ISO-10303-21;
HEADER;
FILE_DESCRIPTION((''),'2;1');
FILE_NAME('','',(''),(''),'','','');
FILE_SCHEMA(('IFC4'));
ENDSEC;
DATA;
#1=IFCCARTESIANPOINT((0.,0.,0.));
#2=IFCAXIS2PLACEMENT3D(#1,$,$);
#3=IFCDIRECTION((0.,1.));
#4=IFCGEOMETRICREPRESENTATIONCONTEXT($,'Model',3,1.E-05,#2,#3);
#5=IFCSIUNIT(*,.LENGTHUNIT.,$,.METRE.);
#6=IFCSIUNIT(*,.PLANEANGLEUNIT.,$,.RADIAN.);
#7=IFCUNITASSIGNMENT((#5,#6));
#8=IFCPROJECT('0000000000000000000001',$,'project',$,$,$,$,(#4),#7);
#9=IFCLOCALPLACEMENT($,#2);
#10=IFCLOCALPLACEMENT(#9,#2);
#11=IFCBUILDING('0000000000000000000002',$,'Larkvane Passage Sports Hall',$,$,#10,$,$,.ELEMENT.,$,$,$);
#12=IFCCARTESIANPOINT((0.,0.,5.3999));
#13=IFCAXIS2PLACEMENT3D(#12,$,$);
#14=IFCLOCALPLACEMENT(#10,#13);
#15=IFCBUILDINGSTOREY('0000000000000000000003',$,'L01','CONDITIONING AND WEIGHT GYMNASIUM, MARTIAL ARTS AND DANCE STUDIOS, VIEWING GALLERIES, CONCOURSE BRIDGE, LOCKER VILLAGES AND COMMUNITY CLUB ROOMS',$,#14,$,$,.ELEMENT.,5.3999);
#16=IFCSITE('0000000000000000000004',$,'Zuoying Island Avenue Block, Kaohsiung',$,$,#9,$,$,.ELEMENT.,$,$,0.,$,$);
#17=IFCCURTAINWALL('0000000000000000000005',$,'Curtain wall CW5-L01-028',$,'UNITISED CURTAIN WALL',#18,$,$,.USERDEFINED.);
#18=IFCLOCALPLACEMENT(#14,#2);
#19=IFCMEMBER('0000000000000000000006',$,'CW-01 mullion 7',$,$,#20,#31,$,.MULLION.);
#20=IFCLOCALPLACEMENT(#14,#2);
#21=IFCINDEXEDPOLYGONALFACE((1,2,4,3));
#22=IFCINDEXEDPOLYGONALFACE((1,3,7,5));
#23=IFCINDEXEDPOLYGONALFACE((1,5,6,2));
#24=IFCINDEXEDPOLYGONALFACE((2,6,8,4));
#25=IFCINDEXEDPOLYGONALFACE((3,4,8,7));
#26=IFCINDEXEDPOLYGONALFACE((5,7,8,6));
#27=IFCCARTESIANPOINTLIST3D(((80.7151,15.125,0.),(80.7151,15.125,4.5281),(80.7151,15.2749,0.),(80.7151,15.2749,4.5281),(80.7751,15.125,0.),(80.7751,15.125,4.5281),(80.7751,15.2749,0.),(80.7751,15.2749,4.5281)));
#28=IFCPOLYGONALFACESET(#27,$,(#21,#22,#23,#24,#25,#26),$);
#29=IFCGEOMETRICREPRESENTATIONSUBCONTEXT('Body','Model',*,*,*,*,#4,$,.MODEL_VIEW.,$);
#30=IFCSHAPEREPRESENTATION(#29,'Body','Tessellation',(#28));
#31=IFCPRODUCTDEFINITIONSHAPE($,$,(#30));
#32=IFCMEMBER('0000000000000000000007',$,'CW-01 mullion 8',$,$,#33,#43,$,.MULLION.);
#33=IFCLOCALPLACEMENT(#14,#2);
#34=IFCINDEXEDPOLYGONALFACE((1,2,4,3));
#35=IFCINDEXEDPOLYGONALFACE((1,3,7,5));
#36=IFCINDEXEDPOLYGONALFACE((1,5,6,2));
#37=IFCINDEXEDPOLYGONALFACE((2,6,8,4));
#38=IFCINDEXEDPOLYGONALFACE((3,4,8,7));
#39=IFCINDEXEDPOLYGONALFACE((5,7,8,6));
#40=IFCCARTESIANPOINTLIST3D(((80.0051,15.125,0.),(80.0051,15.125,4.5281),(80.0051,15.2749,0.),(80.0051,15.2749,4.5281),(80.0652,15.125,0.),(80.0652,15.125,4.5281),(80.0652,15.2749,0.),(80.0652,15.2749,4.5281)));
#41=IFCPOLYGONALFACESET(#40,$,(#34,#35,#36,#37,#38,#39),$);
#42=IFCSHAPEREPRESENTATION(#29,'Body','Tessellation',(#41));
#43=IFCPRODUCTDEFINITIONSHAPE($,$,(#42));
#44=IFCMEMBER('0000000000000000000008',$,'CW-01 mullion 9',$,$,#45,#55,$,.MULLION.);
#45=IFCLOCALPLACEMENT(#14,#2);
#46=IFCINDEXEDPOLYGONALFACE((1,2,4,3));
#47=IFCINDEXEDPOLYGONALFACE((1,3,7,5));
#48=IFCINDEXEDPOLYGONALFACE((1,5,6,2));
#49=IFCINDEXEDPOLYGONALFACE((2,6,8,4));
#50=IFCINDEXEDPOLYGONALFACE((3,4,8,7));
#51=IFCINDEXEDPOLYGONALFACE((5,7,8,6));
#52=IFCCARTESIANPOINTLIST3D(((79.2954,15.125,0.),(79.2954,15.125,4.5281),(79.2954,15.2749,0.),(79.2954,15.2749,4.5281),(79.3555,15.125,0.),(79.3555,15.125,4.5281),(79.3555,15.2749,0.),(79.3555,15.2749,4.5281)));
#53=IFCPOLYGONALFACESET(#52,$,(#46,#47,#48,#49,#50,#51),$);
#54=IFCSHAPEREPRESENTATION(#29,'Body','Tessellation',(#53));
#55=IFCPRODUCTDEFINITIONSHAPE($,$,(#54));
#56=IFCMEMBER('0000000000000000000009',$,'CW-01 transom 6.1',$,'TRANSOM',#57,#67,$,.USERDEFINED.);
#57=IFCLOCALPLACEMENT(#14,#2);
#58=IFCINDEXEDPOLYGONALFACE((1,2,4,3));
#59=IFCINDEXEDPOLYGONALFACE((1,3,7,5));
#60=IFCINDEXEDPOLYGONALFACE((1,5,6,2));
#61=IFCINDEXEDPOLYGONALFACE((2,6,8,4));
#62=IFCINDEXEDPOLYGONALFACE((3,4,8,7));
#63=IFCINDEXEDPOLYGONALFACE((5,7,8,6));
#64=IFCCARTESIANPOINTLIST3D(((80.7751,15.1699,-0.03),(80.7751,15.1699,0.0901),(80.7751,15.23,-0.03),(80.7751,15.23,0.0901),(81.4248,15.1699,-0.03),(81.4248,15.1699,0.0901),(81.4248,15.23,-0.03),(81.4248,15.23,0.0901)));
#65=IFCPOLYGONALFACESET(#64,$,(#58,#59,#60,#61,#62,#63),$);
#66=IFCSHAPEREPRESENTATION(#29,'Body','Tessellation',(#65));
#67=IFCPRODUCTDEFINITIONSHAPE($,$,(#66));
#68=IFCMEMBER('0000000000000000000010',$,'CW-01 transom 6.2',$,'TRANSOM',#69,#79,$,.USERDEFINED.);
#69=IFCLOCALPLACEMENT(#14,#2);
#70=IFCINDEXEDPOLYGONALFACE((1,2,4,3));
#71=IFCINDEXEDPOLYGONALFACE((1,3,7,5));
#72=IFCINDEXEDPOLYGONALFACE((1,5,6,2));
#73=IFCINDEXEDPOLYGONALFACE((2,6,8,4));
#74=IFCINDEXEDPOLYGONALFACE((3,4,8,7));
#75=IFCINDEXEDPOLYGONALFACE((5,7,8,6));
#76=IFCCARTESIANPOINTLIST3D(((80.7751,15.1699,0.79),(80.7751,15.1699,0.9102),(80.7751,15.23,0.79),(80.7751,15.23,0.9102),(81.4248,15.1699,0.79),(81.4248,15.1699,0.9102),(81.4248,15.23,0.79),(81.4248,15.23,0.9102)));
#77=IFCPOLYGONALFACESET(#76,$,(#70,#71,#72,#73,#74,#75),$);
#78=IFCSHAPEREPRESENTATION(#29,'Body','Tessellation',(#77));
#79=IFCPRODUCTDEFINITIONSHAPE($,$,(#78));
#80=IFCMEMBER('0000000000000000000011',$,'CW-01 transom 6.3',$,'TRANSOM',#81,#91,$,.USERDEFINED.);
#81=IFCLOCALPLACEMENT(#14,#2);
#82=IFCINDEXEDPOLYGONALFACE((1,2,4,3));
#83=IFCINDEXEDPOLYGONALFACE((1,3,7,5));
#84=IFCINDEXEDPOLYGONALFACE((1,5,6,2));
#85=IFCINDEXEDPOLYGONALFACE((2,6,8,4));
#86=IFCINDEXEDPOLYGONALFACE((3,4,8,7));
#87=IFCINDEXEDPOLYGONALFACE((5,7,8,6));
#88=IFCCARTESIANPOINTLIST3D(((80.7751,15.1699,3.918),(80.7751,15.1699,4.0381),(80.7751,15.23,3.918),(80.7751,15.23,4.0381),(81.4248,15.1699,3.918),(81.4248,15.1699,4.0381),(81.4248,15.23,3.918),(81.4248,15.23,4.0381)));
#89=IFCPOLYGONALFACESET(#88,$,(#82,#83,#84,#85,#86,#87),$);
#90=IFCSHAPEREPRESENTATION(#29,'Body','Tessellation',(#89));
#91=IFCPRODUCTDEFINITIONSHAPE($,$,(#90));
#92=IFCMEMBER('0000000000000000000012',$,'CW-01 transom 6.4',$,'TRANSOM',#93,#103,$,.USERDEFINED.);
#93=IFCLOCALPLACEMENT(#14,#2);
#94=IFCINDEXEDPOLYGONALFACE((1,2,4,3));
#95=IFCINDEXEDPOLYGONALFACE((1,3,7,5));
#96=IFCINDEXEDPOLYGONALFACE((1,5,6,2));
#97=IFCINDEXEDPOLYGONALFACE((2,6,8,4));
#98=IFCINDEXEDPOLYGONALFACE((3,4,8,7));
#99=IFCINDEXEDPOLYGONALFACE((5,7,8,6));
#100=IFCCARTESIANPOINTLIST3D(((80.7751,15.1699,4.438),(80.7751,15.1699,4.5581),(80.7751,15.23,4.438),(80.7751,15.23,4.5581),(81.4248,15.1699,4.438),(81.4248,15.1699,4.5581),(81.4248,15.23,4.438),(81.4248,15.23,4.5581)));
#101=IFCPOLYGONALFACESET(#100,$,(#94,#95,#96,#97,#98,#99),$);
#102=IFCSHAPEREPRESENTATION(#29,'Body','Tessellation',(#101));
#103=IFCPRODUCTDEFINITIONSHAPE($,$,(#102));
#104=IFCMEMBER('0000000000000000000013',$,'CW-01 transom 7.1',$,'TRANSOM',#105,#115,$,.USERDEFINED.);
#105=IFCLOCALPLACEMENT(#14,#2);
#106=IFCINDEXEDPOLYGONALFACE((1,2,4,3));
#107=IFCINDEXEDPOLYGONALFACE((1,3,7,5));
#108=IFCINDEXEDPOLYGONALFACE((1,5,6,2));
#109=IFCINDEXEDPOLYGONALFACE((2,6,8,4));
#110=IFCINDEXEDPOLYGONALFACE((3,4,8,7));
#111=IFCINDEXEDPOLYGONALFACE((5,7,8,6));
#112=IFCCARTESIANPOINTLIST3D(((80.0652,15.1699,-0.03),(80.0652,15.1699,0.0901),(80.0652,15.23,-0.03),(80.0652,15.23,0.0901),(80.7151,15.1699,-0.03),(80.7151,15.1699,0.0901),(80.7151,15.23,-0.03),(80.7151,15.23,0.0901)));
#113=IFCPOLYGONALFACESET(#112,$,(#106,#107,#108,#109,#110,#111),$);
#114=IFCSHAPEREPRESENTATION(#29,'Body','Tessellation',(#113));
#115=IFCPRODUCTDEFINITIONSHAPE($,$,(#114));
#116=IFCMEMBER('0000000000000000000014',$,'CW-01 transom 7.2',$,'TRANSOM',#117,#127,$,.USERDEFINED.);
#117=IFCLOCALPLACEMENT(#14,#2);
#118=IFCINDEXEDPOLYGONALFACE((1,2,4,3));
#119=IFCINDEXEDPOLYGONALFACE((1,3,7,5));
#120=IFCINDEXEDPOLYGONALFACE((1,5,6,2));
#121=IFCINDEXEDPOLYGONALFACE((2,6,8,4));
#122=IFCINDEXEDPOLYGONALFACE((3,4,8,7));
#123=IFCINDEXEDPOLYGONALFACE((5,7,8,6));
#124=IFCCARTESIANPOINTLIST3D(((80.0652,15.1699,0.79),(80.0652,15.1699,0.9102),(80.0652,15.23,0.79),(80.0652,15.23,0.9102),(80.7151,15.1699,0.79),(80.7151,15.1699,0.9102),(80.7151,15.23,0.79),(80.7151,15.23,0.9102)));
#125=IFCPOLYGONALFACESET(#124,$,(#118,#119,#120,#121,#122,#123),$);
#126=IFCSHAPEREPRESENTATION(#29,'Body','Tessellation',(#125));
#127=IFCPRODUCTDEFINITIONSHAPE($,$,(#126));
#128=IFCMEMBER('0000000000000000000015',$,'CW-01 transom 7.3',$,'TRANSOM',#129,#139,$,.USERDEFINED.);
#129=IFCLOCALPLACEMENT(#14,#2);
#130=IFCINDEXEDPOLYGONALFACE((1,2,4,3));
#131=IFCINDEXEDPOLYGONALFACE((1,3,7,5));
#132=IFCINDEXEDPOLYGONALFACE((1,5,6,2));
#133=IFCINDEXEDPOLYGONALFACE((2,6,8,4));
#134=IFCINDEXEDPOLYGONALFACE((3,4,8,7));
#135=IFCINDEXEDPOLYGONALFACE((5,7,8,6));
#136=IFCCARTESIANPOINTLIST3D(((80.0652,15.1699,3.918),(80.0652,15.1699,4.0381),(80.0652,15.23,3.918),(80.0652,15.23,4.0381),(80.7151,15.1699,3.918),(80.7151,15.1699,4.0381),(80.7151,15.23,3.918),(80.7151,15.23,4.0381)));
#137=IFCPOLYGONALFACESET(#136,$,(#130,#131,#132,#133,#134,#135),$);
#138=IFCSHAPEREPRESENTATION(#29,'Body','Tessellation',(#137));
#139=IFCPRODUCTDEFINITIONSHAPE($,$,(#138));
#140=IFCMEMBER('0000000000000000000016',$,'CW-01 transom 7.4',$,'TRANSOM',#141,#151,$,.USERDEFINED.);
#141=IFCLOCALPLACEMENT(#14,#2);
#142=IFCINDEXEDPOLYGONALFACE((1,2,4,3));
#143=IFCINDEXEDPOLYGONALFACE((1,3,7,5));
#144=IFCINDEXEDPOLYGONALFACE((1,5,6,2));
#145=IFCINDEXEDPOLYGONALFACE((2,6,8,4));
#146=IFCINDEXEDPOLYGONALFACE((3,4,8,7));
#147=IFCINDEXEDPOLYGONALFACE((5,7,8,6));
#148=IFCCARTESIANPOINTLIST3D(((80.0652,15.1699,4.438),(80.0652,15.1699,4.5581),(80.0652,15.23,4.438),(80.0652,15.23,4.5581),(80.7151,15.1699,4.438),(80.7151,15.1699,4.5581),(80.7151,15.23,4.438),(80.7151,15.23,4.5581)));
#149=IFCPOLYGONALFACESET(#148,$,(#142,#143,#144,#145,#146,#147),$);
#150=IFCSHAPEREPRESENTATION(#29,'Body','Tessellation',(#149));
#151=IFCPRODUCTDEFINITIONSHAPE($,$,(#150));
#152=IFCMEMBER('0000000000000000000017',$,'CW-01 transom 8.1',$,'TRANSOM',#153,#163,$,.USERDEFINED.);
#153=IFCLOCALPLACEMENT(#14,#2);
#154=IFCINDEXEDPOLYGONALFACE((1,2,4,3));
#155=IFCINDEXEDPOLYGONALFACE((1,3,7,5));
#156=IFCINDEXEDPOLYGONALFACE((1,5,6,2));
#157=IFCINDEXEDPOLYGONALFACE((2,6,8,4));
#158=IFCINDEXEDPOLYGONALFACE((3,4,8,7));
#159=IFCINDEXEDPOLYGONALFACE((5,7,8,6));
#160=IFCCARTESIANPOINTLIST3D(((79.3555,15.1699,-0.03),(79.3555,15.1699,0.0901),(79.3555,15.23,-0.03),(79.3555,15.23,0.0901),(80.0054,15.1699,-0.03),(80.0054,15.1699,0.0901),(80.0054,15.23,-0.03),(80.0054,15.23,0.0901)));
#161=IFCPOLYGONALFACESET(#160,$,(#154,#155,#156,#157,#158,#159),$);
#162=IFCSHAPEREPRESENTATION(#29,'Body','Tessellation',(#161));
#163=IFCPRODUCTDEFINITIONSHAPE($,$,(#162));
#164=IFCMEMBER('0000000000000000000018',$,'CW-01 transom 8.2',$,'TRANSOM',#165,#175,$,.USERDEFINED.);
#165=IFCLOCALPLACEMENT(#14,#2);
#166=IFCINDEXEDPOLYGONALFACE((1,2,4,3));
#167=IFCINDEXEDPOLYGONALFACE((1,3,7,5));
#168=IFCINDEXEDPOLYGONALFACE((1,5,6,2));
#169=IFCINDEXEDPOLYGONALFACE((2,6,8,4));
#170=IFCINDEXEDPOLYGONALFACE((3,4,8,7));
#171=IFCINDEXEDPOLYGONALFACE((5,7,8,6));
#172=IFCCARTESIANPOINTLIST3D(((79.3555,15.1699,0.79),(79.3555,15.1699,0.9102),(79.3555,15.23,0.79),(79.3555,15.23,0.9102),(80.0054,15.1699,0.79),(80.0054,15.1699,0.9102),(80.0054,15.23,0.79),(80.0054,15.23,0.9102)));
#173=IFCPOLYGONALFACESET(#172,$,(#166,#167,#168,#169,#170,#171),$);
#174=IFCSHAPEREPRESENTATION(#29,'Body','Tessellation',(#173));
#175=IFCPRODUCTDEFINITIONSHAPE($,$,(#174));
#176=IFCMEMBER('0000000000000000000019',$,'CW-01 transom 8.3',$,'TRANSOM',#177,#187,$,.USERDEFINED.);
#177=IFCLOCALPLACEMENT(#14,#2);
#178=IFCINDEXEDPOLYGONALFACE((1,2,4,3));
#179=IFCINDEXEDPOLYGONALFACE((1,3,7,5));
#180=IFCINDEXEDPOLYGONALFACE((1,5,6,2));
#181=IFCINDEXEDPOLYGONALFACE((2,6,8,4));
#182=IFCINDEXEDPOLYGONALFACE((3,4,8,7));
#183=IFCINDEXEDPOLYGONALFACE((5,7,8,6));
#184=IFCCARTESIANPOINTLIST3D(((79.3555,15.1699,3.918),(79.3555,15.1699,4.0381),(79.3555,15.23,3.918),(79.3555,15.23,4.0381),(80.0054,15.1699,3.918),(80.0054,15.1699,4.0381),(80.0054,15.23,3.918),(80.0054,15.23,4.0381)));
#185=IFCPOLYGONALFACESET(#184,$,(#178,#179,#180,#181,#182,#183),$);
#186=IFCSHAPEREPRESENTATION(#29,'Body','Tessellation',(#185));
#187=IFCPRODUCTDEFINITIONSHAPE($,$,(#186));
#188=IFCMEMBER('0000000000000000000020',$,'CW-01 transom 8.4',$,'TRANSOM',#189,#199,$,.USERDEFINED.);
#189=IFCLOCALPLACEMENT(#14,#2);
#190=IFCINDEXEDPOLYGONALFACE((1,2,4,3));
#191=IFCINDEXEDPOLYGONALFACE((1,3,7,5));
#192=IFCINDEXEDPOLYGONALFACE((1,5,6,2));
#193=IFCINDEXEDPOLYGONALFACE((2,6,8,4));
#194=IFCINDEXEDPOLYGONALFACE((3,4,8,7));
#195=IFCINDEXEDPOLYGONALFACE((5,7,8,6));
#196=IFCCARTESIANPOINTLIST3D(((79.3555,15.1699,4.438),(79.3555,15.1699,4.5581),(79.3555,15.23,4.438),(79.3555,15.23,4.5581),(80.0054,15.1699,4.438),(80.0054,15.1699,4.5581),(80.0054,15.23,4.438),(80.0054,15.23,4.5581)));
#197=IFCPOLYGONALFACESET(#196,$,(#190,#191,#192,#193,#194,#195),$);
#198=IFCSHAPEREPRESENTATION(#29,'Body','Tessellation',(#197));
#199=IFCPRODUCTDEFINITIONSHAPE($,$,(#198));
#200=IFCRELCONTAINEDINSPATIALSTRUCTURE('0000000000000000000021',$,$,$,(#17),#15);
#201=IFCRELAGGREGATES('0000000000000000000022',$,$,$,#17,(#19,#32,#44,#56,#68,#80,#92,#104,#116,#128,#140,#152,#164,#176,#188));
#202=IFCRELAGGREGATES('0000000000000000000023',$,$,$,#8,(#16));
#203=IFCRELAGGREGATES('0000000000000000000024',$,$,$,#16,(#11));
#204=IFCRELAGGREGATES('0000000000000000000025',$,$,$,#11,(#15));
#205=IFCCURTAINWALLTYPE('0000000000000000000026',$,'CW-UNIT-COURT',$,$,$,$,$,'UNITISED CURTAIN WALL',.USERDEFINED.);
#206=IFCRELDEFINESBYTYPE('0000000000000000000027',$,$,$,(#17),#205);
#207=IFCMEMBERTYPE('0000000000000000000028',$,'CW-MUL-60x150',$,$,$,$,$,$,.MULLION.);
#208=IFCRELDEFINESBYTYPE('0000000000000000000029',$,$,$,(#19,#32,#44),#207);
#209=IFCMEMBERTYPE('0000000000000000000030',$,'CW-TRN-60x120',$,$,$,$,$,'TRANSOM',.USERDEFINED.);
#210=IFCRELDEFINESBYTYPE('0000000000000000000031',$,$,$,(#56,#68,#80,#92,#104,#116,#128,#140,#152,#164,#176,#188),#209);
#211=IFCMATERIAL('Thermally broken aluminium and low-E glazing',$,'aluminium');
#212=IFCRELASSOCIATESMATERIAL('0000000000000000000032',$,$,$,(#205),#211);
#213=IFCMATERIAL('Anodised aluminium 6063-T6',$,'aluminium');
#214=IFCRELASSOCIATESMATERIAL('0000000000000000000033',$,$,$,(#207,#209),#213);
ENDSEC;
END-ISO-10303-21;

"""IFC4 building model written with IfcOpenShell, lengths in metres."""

from ifc_helpers import new_model, si_unit, direction, frame, origin, origin_2d, place, context, subcontext, project, spatial, rectangle, extrude, material, material_profile, profile_set, type_object, element, aggregate, save


model = new_model("IFC4")

# Units and contexts
model_context = context("Model", 3, precision=1e-05, world=origin(), true_north=direction((0.0, 1.0)))
body_context = subcontext(model_context, "Body", "Model", "MODEL_VIEW")
ifc_project = project(units=[si_unit("LENGTHUNIT", "METRE"), si_unit("PLANEANGLEUNIT", "RADIAN")], contexts=[model_context])

# Site, building, storey
site_placement = place(None, origin())
site = spatial("IfcSite", under=ifc_project, at=site_placement, Name="Zuoying Island Avenue Block, Kaohsiung", CompositionType="ELEMENT", RefElevation=0.0)
building_placement = place(site_placement, origin())
building = spatial("IfcBuilding", under=site, at=building_placement, Name="Larkvane Passage Sports Hall", CompositionType="ELEMENT")
storey_placement = place(building_placement, frame((0.0, 0.0, 5.3999)))
storey = spatial("IfcBuildingStorey", under=building, at=storey_placement, Name="L01", Description="CONDITIONING AND WEIGHT GYMNASIUM, MARTIAL ARTS AND DANCE STUDIOS, VIEWING GALLERIES, CONCOURSE BRIDGE, LOCKER VILLAGES AND COMMUNITY CLUB ROOMS", CompositionType="ELEMENT", Elevation=5.3999)

# Curtain wall, members
ifc_material_1 = material(Name="Thermally broken aluminium and low-E glazing", Category="aluminium")
curtain_wall_type = type_object("IfcCurtainWallType", Name="CW-UNIT-COURT", ElementType="UNITISED CURTAIN WALL", PredefinedType="USERDEFINED", material=ifc_material_1)
curtain_wall_placement = place(storey_placement, origin())
curtain_wall = element("IfcCurtainWall", 1, at=curtain_wall_placement, inside=storey, type_object=curtain_wall_type, Name="Curtain wall CW5-L01-028", ObjectType="UNITISED CURTAIN WALL", PredefinedType="USERDEFINED")
ifc_material_2 = material(Name="Anodised aluminium 6063-T6", Category="aluminium")
ifc_material_profile_1 = material_profile(ifc_material_2, rectangle(XDim=0.0601, YDim=0.1499, at=origin_2d()), Name="ALU-MUL-60x150")
ifc_profile_set_1 = profile_set([ifc_material_profile_1], Name="Anodised aluminium 6063-T6")
member_type_1 = type_object("IfcMemberType", Name="CW-MUL-60x150", PredefinedType="MULLION", material=ifc_profile_set_1)
member_1_placement = place(storey_placement, frame((80.7451, 15.2, 0.0), z_axis=(0.0, 0.0, 1.0), x_axis=(-1.0, 0.0, 0.0)))
member_1 = element("IfcMember", 2, at=member_1_placement, type_object=member_type_1, Name="CW-01 mullion 7", PredefinedType="MULLION", context=body_context, shape_type="SweptSolid", body=[
    extrude(rectangle(XDim=0.0601, YDim=0.1499, at=origin_2d()), origin(), (0.0, 0.0, 1.0), 4.5281),
])
member_2_placement = place(storey_placement, frame((80.0352, 15.2, 0.0), z_axis=(0.0, 0.0, 1.0), x_axis=(-1.0, 0.0, 0.0)))
member_2 = element("IfcMember", 3, at=member_2_placement, type_object=member_type_1, Name="CW-01 mullion 8", PredefinedType="MULLION", context=body_context, shape_type="SweptSolid", body=[
    extrude(rectangle(XDim=0.0601, YDim=0.1499, at=origin_2d()), origin(), (0.0, 0.0, 1.0), 4.5281),
])
member_3_placement = place(storey_placement, frame((79.3254, 15.2, 0.0), z_axis=(0.0, 0.0, 1.0), x_axis=(-1.0, 0.0, 0.0)))
member_3 = element("IfcMember", 4, at=member_3_placement, type_object=member_type_1, Name="CW-01 mullion 9", PredefinedType="MULLION", context=body_context, shape_type="SweptSolid", body=[
    extrude(rectangle(XDim=0.0601, YDim=0.1499, at=origin_2d()), origin(), (0.0, 0.0, 1.0), 4.5281),
])
ifc_material_profile_2 = material_profile(ifc_material_2, rectangle(XDim=0.0601, YDim=0.1201, at=origin_2d()), Name="ALU-TRN-60x120")
ifc_profile_set_2 = profile_set([ifc_material_profile_2], Name="Anodised aluminium 6063-T6")
member_type_2 = type_object("IfcMemberType", Name="CW-TRN-60x120", ElementType="TRANSOM", PredefinedType="USERDEFINED", material=ifc_profile_set_2)
member_4_placement = place(storey_placement, frame((81.4248, 15.2, 0.03), z_axis=(-1.0, 0.0, 0.0), x_axis=(0.0, -1.0, 0.0)))
member_4 = element("IfcMember", 5, at=member_4_placement, type_object=member_type_2, Name="CW-01 transom 6.1", ObjectType="TRANSOM", PredefinedType="USERDEFINED", context=body_context, shape_type="SweptSolid", body=[
    extrude(rectangle(XDim=0.0601, YDim=0.1201, at=origin_2d()), origin(), (0.0, 0.0, 1.0), 0.6497),
])
member_5_placement = place(storey_placement, frame((81.4248, 15.2, 0.8501), z_axis=(-1.0, 0.0, 0.0), x_axis=(0.0, -1.0, 0.0)))
member_5 = element("IfcMember", 6, at=member_5_placement, type_object=member_type_2, Name="CW-01 transom 6.2", ObjectType="TRANSOM", PredefinedType="USERDEFINED", context=body_context, shape_type="SweptSolid", body=[
    extrude(rectangle(XDim=0.0601, YDim=0.1201, at=origin_2d()), origin(), (0.0, 0.0, 1.0), 0.6497),
])
member_6_placement = place(storey_placement, frame((81.4248, 15.2, 3.978), z_axis=(-1.0, 0.0, 0.0), x_axis=(0.0, -1.0, 0.0)))
member_6 = element("IfcMember", 7, at=member_6_placement, type_object=member_type_2, Name="CW-01 transom 6.3", ObjectType="TRANSOM", PredefinedType="USERDEFINED", context=body_context, shape_type="SweptSolid", body=[
    extrude(rectangle(XDim=0.0601, YDim=0.1201, at=origin_2d()), origin(), (0.0, 0.0, 1.0), 0.6497),
])
member_7_placement = place(storey_placement, frame((81.4248, 15.2, 4.498), z_axis=(-1.0, 0.0, 0.0), x_axis=(0.0, -1.0, 0.0)))
member_7 = element("IfcMember", 8, at=member_7_placement, type_object=member_type_2, Name="CW-01 transom 6.4", ObjectType="TRANSOM", PredefinedType="USERDEFINED", context=body_context, shape_type="SweptSolid", body=[
    extrude(rectangle(XDim=0.0601, YDim=0.1201, at=origin_2d()), origin(), (0.0, 0.0, 1.0), 0.6497),
])
member_8_placement = place(storey_placement, frame((80.7151, 15.2, 0.03), z_axis=(-1.0, 0.0, 0.0), x_axis=(0.0, -1.0, 0.0)))
member_8 = element("IfcMember", 9, at=member_8_placement, type_object=member_type_2, Name="CW-01 transom 7.1", ObjectType="TRANSOM", PredefinedType="USERDEFINED", context=body_context, shape_type="SweptSolid", body=[
    extrude(rectangle(XDim=0.0601, YDim=0.1201, at=origin_2d()), origin(), (0.0, 0.0, 1.0), 0.6499),
])
member_9_placement = place(storey_placement, frame((80.7151, 15.2, 0.8501), z_axis=(-1.0, 0.0, 0.0), x_axis=(0.0, -1.0, 0.0)))
member_9 = element("IfcMember", 10, at=member_9_placement, type_object=member_type_2, Name="CW-01 transom 7.2", ObjectType="TRANSOM", PredefinedType="USERDEFINED", context=body_context, shape_type="SweptSolid", body=[
    extrude(rectangle(XDim=0.0601, YDim=0.1201, at=origin_2d()), origin(), (0.0, 0.0, 1.0), 0.6499),
])
member_10_placement = place(storey_placement, frame((80.7151, 15.2, 3.978), z_axis=(-1.0, 0.0, 0.0), x_axis=(0.0, -1.0, 0.0)))
member_10 = element("IfcMember", 11, at=member_10_placement, type_object=member_type_2, Name="CW-01 transom 7.3", ObjectType="TRANSOM", PredefinedType="USERDEFINED", context=body_context, shape_type="SweptSolid", body=[
    extrude(rectangle(XDim=0.0601, YDim=0.1201, at=origin_2d()), origin(), (0.0, 0.0, 1.0), 0.6499),
])
member_11_placement = place(storey_placement, frame((80.7151, 15.2, 4.498), z_axis=(-1.0, 0.0, 0.0), x_axis=(0.0, -1.0, 0.0)))
member_11 = element("IfcMember", 12, at=member_11_placement, type_object=member_type_2, Name="CW-01 transom 7.4", ObjectType="TRANSOM", PredefinedType="USERDEFINED", context=body_context, shape_type="SweptSolid", body=[
    extrude(rectangle(XDim=0.0601, YDim=0.1201, at=origin_2d()), origin(), (0.0, 0.0, 1.0), 0.6499),
])
member_12_placement = place(storey_placement, frame((80.0054, 15.2, 0.03), z_axis=(-1.0, 0.0, 0.0), x_axis=(0.0, -1.0, 0.0)))
member_12 = element("IfcMember", 13, at=member_12_placement, type_object=member_type_2, Name="CW-01 transom 8.1", ObjectType="TRANSOM", PredefinedType="USERDEFINED", context=body_context, shape_type="SweptSolid", body=[
    extrude(rectangle(XDim=0.0601, YDim=0.1201, at=origin_2d()), origin(), (0.0, 0.0, 1.0), 0.6499),
])
member_13_placement = place(storey_placement, frame((80.0054, 15.2, 0.8501), z_axis=(-1.0, 0.0, 0.0), x_axis=(0.0, -1.0, 0.0)))
member_13 = element("IfcMember", 14, at=member_13_placement, type_object=member_type_2, Name="CW-01 transom 8.2", ObjectType="TRANSOM", PredefinedType="USERDEFINED", context=body_context, shape_type="SweptSolid", body=[
    extrude(rectangle(XDim=0.0601, YDim=0.1201, at=origin_2d()), origin(), (0.0, 0.0, 1.0), 0.6499),
])
member_14_placement = place(storey_placement, frame((80.0054, 15.2, 3.978), z_axis=(-1.0, 0.0, 0.0), x_axis=(0.0, -1.0, 0.0)))
member_14 = element("IfcMember", 15, at=member_14_placement, type_object=member_type_2, Name="CW-01 transom 8.3", ObjectType="TRANSOM", PredefinedType="USERDEFINED", context=body_context, shape_type="SweptSolid", body=[
    extrude(rectangle(XDim=0.0601, YDim=0.1201, at=origin_2d()), origin(), (0.0, 0.0, 1.0), 0.6499),
])
member_15_placement = place(storey_placement, frame((80.0054, 15.2, 4.498), z_axis=(-1.0, 0.0, 0.0), x_axis=(0.0, -1.0, 0.0)))
member_15 = element("IfcMember", 16, at=member_15_placement, type_object=member_type_2, Name="CW-01 transom 8.4", ObjectType="TRANSOM", PredefinedType="USERDEFINED", context=body_context, shape_type="SweptSolid", body=[
    extrude(rectangle(XDim=0.0601, YDim=0.1201, at=origin_2d()), origin(), (0.0, 0.0, 1.0), 0.6499),
])
aggregate(curtain_wall, [member_1, member_2, member_3, member_4, member_5, member_6, member_7, member_8, member_9, member_10, member_11, member_12, member_13, member_14, member_15])

save(model, "model.ifc")
